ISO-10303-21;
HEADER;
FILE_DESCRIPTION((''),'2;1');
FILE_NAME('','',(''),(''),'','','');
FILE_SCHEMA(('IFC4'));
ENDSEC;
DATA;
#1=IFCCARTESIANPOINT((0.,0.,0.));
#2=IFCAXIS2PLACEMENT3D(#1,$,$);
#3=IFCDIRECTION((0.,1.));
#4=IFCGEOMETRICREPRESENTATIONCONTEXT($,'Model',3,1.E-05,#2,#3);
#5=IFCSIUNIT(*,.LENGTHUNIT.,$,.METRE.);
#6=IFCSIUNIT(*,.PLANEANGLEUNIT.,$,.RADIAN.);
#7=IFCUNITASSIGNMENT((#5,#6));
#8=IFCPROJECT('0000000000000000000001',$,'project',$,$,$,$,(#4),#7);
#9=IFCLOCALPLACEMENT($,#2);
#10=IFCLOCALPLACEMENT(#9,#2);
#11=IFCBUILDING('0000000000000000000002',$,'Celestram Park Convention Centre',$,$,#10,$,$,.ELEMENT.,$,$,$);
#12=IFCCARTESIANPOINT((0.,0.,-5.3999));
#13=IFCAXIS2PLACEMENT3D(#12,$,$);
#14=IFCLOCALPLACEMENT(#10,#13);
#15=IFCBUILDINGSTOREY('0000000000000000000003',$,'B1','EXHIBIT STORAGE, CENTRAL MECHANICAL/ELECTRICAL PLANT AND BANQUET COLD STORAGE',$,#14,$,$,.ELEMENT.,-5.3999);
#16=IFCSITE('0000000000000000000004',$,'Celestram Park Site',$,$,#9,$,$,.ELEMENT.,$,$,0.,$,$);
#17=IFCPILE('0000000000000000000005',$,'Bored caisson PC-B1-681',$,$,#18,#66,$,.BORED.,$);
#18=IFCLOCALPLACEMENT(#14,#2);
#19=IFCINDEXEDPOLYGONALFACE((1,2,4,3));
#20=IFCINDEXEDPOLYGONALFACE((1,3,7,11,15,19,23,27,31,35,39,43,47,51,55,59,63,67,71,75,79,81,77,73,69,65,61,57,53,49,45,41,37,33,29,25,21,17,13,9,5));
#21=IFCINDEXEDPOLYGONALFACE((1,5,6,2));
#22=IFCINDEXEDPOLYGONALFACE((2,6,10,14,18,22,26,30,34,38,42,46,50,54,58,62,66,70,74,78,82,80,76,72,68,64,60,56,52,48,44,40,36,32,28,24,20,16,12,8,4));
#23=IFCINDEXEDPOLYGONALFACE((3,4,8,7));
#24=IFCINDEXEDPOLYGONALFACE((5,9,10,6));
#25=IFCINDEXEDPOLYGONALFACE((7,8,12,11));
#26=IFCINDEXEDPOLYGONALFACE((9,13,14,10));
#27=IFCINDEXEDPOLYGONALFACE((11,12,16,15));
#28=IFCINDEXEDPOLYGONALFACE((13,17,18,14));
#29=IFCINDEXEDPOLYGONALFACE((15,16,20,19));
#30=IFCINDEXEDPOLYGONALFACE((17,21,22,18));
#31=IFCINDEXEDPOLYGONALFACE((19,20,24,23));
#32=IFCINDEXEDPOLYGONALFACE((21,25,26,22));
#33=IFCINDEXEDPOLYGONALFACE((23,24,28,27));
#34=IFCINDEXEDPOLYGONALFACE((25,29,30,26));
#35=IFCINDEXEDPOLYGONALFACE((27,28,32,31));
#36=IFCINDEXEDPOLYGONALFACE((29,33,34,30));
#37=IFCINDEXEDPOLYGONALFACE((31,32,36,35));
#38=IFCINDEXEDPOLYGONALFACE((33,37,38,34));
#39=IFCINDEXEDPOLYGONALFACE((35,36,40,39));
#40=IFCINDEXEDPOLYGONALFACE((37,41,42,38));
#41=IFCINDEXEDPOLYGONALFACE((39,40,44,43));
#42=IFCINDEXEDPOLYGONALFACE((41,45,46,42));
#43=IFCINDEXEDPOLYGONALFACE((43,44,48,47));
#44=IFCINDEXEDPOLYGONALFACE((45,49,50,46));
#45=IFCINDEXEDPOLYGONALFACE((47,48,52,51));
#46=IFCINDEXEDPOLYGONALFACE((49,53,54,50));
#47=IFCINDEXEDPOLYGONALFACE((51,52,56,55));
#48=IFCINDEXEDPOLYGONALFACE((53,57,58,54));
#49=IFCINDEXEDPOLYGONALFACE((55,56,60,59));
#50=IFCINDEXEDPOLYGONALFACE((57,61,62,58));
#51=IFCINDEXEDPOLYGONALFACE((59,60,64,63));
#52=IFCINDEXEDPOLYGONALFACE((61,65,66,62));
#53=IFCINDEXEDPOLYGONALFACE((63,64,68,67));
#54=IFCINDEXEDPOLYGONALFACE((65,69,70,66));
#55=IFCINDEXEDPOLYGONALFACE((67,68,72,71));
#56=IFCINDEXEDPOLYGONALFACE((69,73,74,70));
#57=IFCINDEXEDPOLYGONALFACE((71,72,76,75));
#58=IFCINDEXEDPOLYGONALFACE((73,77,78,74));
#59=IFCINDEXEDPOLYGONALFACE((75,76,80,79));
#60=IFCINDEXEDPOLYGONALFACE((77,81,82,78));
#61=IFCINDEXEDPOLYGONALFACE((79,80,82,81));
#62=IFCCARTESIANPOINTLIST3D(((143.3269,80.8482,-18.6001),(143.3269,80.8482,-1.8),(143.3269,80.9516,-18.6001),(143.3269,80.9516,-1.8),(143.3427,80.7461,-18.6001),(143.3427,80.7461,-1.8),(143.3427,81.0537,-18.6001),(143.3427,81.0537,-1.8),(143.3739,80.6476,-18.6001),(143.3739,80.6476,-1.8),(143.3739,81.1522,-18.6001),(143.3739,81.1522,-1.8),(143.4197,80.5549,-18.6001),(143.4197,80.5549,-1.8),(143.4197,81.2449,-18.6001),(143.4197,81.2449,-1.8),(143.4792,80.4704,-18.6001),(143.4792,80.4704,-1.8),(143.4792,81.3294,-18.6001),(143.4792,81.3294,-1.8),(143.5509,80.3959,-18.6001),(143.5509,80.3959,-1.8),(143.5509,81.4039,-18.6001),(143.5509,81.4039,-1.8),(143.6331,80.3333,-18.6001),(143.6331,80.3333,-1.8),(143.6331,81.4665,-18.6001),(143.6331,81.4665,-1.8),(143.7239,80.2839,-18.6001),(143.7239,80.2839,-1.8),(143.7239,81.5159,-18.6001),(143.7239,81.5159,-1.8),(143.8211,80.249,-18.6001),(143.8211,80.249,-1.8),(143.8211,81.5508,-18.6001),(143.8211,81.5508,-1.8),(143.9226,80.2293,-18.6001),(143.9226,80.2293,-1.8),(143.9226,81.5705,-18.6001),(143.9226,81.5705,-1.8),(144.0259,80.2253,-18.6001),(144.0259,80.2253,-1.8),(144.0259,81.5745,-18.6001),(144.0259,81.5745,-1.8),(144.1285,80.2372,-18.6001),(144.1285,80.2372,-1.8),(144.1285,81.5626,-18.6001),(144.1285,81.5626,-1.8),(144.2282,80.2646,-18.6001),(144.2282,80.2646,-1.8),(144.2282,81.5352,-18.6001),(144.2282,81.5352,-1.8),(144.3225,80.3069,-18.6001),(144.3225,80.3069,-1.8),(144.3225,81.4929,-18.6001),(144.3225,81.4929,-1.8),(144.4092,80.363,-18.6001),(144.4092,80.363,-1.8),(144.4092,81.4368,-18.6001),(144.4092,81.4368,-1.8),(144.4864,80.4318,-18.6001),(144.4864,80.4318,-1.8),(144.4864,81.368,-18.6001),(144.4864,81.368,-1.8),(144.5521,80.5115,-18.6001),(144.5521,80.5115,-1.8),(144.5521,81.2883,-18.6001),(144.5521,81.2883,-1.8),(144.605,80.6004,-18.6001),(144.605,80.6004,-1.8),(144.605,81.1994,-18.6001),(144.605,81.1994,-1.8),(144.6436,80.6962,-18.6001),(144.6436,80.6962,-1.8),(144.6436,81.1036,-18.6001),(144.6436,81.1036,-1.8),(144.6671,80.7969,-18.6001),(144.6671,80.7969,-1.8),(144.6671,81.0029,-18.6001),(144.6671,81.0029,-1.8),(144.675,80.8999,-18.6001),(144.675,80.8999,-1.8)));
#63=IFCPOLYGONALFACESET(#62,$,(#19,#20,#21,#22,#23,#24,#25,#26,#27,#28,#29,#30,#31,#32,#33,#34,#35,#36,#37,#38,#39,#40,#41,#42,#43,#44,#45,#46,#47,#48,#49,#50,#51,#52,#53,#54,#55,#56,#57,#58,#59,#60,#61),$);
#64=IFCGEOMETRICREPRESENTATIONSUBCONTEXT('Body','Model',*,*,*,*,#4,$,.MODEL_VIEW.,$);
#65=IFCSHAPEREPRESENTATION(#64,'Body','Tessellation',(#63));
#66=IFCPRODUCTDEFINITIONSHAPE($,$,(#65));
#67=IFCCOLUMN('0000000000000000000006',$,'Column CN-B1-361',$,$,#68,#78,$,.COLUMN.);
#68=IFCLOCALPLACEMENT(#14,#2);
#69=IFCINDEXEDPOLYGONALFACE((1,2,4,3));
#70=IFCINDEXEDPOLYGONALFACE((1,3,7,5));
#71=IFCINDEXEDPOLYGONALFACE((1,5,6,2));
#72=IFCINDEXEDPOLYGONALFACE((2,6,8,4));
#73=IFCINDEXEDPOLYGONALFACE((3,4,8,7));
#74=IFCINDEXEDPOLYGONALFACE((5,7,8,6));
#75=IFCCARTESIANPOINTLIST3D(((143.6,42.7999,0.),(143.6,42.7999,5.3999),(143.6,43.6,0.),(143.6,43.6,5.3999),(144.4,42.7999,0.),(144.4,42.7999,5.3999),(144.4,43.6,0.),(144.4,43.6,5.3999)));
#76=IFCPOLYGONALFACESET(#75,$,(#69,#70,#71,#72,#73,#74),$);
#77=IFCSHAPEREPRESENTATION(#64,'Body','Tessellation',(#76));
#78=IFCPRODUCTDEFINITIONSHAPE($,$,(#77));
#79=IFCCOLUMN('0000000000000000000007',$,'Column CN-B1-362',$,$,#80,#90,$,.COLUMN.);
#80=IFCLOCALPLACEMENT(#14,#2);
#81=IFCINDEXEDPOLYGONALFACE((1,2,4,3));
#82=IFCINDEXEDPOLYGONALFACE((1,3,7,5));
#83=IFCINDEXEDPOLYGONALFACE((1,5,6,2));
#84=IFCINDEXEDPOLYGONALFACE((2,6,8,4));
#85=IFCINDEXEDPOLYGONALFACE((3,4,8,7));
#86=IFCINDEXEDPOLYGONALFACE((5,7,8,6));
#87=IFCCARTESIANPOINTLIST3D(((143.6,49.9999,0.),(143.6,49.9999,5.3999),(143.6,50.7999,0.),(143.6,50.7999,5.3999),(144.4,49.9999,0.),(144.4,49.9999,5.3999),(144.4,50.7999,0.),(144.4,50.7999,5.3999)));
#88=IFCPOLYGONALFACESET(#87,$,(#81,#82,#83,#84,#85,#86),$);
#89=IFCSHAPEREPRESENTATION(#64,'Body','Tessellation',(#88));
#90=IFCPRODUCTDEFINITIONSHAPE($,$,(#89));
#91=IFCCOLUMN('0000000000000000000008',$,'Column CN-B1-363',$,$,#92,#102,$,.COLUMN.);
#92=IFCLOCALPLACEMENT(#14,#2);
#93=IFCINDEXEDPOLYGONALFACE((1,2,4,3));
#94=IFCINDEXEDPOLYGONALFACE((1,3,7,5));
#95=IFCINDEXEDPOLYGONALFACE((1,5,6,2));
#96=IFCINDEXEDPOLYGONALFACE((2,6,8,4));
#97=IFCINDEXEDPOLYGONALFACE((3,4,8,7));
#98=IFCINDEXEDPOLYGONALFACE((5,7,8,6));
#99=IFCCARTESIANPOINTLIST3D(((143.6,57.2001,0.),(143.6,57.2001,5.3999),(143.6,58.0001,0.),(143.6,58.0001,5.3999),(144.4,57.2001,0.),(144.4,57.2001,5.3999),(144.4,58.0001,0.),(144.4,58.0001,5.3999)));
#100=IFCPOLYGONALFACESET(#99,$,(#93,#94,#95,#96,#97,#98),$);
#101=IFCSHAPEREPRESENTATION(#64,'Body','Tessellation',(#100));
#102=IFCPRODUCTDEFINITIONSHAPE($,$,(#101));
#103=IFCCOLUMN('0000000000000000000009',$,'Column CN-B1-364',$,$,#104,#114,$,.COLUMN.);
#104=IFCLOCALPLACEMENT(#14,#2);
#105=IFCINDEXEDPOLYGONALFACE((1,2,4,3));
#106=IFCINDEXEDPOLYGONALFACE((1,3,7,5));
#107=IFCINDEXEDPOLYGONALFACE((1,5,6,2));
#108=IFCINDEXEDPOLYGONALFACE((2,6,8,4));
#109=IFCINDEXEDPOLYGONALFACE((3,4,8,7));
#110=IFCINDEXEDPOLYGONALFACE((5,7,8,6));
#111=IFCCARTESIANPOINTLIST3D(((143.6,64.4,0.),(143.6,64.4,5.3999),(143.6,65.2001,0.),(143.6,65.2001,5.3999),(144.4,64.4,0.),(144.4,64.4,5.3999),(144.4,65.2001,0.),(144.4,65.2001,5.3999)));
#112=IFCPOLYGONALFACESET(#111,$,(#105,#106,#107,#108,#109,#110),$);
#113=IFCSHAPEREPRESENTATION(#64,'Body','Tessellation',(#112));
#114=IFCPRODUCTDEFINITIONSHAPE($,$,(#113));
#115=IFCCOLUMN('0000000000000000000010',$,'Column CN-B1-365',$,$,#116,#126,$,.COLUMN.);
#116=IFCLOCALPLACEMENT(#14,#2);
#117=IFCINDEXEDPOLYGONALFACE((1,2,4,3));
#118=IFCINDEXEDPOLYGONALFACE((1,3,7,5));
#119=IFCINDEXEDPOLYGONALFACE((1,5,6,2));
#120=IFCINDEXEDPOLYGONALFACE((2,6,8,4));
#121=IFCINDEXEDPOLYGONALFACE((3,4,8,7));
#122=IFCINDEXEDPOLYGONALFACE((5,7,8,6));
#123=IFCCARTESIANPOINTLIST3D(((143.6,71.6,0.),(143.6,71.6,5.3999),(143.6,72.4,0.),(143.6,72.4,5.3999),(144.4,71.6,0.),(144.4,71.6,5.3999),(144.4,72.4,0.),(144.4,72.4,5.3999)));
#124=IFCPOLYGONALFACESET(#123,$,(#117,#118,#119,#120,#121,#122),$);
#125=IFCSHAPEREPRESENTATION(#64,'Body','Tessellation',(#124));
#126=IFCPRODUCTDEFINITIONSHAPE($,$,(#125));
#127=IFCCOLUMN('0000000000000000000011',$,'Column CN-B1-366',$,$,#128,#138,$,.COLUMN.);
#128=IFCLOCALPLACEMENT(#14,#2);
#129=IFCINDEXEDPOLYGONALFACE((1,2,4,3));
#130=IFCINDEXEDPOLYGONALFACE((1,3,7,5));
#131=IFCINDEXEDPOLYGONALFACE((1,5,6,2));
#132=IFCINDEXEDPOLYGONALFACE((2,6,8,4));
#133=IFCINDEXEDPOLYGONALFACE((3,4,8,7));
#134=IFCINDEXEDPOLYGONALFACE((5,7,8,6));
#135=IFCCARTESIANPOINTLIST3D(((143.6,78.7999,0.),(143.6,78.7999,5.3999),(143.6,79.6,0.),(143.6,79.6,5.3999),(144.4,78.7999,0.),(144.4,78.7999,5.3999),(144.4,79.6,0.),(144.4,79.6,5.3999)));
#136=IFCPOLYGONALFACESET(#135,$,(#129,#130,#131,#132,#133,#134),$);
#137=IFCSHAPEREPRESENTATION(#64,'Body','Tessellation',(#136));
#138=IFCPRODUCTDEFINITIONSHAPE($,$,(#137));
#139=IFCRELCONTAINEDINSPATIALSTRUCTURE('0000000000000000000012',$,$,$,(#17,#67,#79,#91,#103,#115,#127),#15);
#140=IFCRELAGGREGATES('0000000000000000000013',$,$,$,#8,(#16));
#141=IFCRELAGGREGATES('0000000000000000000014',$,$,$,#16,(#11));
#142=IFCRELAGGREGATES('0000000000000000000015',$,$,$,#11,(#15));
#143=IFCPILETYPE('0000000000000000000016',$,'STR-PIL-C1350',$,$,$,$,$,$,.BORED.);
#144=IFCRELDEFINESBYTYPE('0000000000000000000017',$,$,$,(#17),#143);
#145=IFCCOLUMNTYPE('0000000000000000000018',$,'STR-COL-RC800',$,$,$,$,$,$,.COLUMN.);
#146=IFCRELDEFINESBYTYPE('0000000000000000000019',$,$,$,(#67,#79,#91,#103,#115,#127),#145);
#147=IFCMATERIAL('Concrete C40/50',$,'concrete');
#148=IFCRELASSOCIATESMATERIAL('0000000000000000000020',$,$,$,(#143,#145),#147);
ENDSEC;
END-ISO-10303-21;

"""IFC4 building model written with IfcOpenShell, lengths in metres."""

from ifc_helpers import new_model, si_unit, direction, frame, origin, origin_2d, place, context, subcontext, project, spatial, rectangle, circle, extrude, material, material_profile, profile_set, type_object, element, save


model = new_model("IFC4")

# Units and contexts
model_context = context("Model", 3, precision=1e-05, world=origin(), true_north=direction((0.0, 1.0)))
body_context = subcontext(model_context, "Body", "Model", "MODEL_VIEW")
ifc_project = project(units=[si_unit("LENGTHUNIT", "METRE"), si_unit("PLANEANGLEUNIT", "RADIAN")], contexts=[model_context])

# Site, building, storey
site_placement = place(None, origin())
site = spatial("IfcSite", under=ifc_project, at=site_placement, Name="Celestram Park Site", CompositionType="ELEMENT", RefElevation=0.0)
building_placement = place(site_placement, origin())
building = spatial("IfcBuilding", under=site, at=building_placement, Name="Celestram Park Convention Centre", CompositionType="ELEMENT")
storey_placement = place(building_placement, frame((0.0, 0.0, -5.3999)))
storey = spatial("IfcBuildingStorey", under=building, at=storey_placement, Name="B1", Description="EXHIBIT STORAGE, CENTRAL MECHANICAL/ELECTRICAL PLANT AND BANQUET COLD STORAGE", CompositionType="ELEMENT", Elevation=-5.3999)

# Shared definitions
ifc_material_1 = material(Name="Concrete C40/50", Category="concrete")

# Pile
ifc_material_profile_1 = material_profile(ifc_material_1, circle(Radius=0.675, at=origin_2d()), Name="CAISSON1350")
ifc_profile_set_1 = profile_set([ifc_material_profile_1], Name="Concrete C40/50")
pile_type = type_object("IfcPileType", Name="STR-PIL-C1350", PredefinedType="BORED", material=ifc_profile_set_1)
for number, where, z_axis, x_axis, name in (
    (1, (144.0, 80.8999, -1.8), (0.0, 0.0, -1.0), (1.0, 0.0, 0.0), "Bored caisson PC-B1-681"),
):
    element("IfcPile", number, at=place(storey_placement, frame(where, z_axis=z_axis, x_axis=x_axis)), inside=storey, type_object=pile_type, Name=name, PredefinedType="BORED", context=body_context, shape_type="SweptSolid", body=[
        extrude(circle(Radius=0.675, at=origin_2d()), origin(), (0.0, 0.0, 1.0), 16.8),
    ])

# Columns
ifc_material_profile_2 = material_profile(ifc_material_1, rectangle(XDim=0.8, YDim=0.8, at=origin_2d()), Name="RC800X800")
ifc_profile_set_2 = profile_set([ifc_material_profile_2], Name="Concrete C40/50")
column_type = type_object("IfcColumnType", Name="STR-COL-RC800", PredefinedType="COLUMN", material=ifc_profile_set_2)
for number, where, z_axis, x_axis, name in (
    (2, (144.0, 43.2, 0.0), (0.0, 0.0, 1.0), (1.0, 0.0, 0.0), "Column CN-B1-361"),
    (3, (144.0, 50.3999, 0.0), (0.0, 0.0, 1.0), (1.0, 0.0, 0.0), "Column CN-B1-362"),
    (4, (144.0, 57.6001, 0.0), (0.0, 0.0, 1.0), (1.0, 0.0, 0.0), "Column CN-B1-363"),
    (5, (144.0, 64.8, 0.0), (0.0, 0.0, 1.0), (1.0, 0.0, 0.0), "Column CN-B1-364"),
    (6, (144.0, 72.0, 0.0), (0.0, 0.0, 1.0), (1.0, 0.0, 0.0), "Column CN-B1-365"),
    (7, (144.0, 79.2, 0.0), (0.0, 0.0, 1.0), (1.0, 0.0, 0.0), "Column CN-B1-366"),
):
    element("IfcColumn", number, at=place(storey_placement, frame(where, z_axis=z_axis, x_axis=x_axis)), inside=storey, type_object=column_type, Name=name, PredefinedType="COLUMN", context=body_context, shape_type="SweptSolid", body=[
        extrude(rectangle(XDim=0.8, YDim=0.8, at=origin_2d()), origin(), (0.0, 0.0, 1.0), 5.3999),
    ])

save(model, "model.ifc")
